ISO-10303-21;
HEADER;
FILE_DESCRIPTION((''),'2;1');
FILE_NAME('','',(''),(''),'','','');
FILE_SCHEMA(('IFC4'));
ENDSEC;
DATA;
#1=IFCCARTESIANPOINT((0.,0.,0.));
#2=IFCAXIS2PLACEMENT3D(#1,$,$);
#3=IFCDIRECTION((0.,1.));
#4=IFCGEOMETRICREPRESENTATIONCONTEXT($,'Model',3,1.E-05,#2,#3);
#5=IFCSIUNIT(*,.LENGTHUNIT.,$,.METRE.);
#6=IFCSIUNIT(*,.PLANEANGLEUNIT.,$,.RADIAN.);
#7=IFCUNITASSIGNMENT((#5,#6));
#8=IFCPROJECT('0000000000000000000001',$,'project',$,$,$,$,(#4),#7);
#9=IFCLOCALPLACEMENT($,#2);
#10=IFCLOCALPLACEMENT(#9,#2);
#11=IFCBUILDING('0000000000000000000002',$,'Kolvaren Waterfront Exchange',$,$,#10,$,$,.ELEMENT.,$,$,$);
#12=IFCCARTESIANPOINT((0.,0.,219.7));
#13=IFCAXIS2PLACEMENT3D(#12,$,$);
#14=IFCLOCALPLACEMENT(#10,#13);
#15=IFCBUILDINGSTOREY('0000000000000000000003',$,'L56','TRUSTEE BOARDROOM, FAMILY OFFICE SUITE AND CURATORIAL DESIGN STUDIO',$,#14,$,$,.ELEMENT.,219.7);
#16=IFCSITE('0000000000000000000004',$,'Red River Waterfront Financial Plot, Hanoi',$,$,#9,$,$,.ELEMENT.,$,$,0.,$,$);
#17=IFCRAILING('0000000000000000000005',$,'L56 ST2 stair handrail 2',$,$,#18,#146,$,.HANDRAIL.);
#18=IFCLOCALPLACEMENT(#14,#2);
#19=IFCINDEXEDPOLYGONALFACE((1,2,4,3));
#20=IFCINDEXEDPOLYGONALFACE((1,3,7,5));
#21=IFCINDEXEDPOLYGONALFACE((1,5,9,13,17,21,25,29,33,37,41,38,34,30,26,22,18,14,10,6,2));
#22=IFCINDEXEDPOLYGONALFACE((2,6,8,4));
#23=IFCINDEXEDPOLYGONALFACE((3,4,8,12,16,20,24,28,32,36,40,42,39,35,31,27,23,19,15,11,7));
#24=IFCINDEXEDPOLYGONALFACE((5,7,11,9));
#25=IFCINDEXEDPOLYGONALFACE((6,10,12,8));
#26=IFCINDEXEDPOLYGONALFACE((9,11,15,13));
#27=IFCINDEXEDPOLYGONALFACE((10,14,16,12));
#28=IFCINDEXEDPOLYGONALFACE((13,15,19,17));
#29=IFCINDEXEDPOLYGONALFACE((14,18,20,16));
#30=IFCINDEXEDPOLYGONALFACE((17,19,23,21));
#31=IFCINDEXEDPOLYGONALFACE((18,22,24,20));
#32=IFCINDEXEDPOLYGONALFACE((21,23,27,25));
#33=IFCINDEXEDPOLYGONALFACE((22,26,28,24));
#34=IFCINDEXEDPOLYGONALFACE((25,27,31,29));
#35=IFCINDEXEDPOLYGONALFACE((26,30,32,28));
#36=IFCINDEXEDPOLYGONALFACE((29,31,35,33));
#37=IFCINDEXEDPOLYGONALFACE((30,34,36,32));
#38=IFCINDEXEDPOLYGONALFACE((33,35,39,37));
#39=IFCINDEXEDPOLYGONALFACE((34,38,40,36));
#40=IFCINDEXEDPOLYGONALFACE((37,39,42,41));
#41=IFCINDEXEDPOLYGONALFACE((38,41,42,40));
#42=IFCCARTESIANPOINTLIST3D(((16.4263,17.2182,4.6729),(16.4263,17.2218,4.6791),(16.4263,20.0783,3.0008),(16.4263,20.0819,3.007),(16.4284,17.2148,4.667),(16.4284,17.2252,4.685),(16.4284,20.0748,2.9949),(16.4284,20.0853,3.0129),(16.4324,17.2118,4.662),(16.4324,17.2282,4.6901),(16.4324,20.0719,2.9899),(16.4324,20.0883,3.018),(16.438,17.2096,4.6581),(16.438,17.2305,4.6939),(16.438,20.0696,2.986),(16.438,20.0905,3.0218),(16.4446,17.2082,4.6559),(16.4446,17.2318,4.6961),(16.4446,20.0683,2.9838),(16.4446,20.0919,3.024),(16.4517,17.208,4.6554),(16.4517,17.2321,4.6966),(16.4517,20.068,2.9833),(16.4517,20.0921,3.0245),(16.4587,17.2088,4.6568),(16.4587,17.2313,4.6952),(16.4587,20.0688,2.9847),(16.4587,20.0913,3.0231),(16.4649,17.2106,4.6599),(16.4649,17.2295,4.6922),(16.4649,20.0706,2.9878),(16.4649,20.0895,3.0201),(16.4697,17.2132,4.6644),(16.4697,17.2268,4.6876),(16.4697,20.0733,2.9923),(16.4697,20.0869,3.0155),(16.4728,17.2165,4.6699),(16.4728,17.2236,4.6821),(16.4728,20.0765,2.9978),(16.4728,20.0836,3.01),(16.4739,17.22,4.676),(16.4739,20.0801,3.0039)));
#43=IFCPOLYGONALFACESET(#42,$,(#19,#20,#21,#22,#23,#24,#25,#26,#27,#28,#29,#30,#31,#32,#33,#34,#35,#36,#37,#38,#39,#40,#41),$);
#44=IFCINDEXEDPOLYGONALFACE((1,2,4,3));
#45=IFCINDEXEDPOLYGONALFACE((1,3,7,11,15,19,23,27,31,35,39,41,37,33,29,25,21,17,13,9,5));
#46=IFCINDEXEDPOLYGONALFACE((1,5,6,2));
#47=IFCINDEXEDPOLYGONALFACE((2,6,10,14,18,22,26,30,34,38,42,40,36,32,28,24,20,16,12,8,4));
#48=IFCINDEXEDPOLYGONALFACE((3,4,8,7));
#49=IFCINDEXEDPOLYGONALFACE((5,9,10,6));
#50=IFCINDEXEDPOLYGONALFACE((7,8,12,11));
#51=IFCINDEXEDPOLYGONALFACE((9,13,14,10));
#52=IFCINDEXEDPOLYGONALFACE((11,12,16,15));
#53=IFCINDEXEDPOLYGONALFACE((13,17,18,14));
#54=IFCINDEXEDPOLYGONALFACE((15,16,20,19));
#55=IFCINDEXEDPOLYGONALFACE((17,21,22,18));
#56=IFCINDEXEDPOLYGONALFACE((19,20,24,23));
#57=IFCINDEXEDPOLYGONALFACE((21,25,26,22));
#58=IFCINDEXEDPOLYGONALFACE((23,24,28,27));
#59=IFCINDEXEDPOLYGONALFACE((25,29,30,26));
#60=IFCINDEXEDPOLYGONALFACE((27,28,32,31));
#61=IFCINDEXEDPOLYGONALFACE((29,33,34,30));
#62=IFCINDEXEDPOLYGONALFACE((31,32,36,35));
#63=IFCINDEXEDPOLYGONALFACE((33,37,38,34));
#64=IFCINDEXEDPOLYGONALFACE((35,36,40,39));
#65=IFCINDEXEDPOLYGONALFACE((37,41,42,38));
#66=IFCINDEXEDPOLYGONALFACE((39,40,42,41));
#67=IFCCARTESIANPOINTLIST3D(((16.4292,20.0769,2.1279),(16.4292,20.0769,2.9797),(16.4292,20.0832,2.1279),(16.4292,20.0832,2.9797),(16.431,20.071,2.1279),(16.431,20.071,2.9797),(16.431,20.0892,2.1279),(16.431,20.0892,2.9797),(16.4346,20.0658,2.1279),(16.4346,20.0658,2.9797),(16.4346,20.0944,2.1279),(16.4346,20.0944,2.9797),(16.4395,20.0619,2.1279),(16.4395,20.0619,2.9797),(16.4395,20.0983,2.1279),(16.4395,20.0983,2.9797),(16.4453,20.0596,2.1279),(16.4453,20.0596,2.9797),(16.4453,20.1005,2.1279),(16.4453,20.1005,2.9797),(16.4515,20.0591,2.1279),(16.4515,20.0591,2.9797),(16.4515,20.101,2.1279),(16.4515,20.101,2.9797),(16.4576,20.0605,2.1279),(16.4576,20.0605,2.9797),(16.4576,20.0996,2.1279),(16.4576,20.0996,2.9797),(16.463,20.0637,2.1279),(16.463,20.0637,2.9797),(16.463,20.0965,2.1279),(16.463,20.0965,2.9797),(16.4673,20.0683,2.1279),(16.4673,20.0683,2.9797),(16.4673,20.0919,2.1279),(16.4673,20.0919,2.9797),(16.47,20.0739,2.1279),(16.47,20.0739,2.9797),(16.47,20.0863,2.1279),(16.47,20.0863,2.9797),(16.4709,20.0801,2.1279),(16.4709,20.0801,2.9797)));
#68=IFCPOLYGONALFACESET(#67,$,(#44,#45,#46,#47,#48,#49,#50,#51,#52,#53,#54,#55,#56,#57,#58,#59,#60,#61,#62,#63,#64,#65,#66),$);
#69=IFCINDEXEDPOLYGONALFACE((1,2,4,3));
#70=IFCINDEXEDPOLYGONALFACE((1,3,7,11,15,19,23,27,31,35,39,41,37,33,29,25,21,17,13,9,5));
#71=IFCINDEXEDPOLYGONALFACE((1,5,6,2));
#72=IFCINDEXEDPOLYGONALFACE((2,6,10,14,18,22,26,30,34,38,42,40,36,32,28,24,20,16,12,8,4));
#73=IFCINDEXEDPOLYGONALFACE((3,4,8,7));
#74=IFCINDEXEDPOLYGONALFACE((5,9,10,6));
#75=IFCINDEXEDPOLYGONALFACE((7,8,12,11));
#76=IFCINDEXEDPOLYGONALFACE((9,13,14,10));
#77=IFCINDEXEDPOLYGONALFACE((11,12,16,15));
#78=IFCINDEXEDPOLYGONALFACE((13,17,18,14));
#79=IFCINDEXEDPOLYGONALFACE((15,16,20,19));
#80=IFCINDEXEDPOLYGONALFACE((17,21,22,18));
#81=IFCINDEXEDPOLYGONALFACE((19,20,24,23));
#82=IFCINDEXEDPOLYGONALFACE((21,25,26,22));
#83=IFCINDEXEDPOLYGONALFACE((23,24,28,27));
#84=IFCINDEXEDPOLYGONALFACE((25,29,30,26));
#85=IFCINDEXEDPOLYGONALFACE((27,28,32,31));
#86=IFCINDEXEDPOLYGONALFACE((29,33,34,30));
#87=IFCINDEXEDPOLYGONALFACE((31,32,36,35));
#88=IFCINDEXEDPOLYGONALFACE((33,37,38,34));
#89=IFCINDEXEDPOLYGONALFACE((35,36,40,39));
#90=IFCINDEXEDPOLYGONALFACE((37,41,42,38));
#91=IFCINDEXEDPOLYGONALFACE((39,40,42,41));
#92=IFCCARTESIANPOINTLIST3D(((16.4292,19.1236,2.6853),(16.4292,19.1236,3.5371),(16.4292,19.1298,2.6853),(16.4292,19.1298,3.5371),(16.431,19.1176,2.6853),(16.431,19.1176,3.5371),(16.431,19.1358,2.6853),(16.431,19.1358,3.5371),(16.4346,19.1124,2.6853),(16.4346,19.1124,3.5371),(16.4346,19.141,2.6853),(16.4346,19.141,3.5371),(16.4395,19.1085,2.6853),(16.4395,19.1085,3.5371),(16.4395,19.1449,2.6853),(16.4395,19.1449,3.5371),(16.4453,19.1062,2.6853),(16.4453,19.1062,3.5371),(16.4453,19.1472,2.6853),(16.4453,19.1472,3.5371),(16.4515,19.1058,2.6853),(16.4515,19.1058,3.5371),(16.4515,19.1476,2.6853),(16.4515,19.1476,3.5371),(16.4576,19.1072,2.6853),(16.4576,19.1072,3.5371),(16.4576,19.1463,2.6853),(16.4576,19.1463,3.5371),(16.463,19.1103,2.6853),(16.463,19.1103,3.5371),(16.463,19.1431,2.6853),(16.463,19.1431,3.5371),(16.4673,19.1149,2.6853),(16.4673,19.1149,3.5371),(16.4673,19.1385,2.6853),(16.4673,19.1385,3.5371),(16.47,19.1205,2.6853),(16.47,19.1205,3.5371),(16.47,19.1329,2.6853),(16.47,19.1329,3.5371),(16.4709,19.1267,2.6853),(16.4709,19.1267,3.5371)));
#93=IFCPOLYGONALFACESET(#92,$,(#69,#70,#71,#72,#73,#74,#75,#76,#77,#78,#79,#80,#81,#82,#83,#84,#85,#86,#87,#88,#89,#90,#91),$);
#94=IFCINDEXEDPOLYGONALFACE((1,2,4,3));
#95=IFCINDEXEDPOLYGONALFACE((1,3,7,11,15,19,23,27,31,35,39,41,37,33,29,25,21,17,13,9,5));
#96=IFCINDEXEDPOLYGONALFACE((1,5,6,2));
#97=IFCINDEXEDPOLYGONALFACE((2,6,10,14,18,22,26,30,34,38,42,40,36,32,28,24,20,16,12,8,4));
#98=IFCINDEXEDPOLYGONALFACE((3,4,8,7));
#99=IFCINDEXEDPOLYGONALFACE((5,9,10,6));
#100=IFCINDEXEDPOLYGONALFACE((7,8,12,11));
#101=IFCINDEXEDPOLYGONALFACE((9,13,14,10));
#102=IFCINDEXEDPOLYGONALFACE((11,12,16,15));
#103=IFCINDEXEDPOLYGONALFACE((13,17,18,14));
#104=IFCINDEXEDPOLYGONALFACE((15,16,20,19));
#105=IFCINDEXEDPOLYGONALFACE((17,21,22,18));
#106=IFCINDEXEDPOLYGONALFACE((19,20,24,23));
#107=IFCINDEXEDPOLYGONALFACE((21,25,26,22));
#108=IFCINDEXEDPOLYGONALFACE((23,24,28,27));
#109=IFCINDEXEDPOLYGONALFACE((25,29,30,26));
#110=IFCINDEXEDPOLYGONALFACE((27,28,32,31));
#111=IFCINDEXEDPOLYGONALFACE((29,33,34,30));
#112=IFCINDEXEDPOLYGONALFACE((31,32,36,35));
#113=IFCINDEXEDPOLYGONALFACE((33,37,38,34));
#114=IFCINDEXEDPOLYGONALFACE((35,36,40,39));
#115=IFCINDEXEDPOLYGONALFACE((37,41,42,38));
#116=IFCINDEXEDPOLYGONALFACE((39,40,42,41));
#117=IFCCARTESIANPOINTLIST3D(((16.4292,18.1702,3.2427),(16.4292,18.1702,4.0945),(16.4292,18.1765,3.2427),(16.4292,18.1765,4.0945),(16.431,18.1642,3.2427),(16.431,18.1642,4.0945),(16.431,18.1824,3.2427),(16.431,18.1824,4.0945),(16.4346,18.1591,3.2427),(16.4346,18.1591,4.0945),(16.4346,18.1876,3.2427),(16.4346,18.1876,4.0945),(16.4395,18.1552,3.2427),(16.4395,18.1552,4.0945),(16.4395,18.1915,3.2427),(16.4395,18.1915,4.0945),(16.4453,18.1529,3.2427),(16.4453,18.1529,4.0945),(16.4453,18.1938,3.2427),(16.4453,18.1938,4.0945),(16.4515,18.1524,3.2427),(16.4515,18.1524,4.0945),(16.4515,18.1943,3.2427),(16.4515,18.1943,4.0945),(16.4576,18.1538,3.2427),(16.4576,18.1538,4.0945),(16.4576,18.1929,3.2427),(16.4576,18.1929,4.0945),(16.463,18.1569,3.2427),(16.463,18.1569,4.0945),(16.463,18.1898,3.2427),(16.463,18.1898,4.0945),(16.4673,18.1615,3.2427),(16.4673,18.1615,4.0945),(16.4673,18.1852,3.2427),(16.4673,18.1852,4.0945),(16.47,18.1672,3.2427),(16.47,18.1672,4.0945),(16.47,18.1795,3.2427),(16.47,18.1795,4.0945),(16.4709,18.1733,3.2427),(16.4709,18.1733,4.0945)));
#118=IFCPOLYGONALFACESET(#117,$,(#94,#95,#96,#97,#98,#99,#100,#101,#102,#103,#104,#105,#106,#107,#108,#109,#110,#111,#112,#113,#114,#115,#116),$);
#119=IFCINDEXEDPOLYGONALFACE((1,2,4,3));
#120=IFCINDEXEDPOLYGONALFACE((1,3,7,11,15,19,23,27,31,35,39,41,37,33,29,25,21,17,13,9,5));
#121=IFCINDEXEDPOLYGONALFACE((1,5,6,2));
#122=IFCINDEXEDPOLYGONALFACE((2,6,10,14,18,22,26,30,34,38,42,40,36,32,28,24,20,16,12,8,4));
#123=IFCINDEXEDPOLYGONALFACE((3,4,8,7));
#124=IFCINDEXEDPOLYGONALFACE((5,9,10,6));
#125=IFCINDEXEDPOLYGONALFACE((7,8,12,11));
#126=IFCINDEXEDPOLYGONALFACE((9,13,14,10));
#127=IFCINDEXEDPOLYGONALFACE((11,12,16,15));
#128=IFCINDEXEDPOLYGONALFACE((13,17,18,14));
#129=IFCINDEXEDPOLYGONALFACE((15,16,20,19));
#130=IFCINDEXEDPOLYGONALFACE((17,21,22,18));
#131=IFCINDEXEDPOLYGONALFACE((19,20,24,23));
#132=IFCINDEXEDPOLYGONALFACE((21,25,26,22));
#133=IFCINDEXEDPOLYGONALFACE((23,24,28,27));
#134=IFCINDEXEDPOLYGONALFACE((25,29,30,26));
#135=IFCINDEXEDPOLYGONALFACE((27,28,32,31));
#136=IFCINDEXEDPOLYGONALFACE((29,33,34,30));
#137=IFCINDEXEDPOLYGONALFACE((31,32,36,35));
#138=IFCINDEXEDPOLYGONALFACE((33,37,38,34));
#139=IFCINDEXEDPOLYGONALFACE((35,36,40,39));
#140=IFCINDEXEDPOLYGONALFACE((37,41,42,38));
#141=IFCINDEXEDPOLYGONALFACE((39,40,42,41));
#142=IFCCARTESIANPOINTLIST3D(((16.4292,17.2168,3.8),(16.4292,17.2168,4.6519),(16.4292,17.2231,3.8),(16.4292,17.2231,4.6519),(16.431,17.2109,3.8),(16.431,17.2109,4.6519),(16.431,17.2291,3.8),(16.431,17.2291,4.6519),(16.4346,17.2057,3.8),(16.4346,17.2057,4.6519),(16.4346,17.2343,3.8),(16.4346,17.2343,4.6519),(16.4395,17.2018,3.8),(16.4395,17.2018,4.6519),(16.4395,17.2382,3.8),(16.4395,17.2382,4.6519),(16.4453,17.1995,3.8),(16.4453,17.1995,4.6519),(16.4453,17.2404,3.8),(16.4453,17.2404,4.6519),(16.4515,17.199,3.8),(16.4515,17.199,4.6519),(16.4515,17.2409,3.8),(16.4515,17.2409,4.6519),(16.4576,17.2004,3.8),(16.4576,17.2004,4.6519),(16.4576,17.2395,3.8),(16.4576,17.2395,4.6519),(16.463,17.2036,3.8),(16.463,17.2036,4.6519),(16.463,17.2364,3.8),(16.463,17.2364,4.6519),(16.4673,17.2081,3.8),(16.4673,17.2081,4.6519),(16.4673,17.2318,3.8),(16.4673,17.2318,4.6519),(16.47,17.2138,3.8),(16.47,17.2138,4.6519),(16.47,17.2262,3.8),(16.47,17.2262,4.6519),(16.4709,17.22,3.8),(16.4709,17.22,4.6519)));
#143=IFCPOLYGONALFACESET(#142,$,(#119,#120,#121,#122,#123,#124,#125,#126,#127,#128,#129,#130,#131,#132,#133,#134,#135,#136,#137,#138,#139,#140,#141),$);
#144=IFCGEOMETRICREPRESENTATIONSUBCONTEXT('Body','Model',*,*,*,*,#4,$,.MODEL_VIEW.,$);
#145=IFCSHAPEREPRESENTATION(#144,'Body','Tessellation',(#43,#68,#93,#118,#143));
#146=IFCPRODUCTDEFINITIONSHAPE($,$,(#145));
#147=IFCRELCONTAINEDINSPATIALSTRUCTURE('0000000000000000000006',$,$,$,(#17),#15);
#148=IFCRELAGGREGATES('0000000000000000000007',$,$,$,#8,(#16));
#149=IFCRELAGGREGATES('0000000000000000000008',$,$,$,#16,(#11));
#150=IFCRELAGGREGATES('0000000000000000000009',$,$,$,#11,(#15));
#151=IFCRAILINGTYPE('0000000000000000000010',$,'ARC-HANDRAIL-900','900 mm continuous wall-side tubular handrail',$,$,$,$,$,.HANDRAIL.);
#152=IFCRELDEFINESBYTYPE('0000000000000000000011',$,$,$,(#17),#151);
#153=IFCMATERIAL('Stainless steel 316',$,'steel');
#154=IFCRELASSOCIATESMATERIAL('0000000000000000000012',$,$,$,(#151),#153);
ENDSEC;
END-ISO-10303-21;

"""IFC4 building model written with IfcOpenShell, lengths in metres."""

from ifc_helpers import new_model, si_unit, direction, frame, origin, origin_2d, place, context, subcontext, project, spatial, circle, extrude, material, type_object, element, save


model = new_model("IFC4")

# Units and contexts
model_context = context("Model", 3, precision=1e-05, world=origin(), true_north=direction((0.0, 1.0)))
body_context = subcontext(model_context, "Body", "Model", "MODEL_VIEW")
ifc_project = project(units=[si_unit("LENGTHUNIT", "METRE"), si_unit("PLANEANGLEUNIT", "RADIAN")], contexts=[model_context])

# Site, building, storey
site_placement = place(None, origin())
site = spatial("IfcSite", under=ifc_project, at=site_placement, Name="Red River Waterfront Financial Plot, Hanoi", CompositionType="ELEMENT", RefElevation=0.0)
building_placement = place(site_placement, origin())
building = spatial("IfcBuilding", under=site, at=building_placement, Name="Kolvaren Waterfront Exchange", CompositionType="ELEMENT")
storey_placement = place(building_placement, frame((0.0, 0.0, 219.7)))
storey = spatial("IfcBuildingStorey", under=building, at=storey_placement, Name="L56", Description="TRUSTEE BOARDROOM, FAMILY OFFICE SUITE AND CURATORIAL DESIGN STUDIO", CompositionType="ELEMENT", Elevation=219.7)

# Railing
ifc_material_1 = material(Name="Stainless steel 316", Category="steel")
railing_type_1 = type_object("IfcRailingType", Name="ARC-HANDRAIL-900", Description="900 mm continuous wall-side tubular handrail", PredefinedType="HANDRAIL", material=ifc_material_1)
railing_1_placement = place(storey_placement, frame((16.45, 20.0801, 2.1279)))
element("IfcRailing", 1, at=railing_1_placement, inside=storey, type_object=railing_type_1, Name="L56 ST2 stair handrail 2", PredefinedType="HANDRAIL", context=body_context, shape_type="SweptSolid", body=[
    extrude(circle(Radius=0.0239, at=origin_2d()), frame((0.0, 0.0, 0.876), z_axis=(0.0, -0.863289, 0.504709), x_axis=(1.0, 0.0, 0.0)), (0.0, 0.0, 1.0), 3.313),
    extrude(circle(Radius=0.021, at=origin_2d()), origin(), (0.0, 0.0, 1.0), 0.8518),
    extrude(circle(Radius=0.021, at=origin_2d()), frame((0.0, -0.9534, 0.5574)), (0.0, 0.0, 1.0), 0.8518),
    extrude(circle(Radius=0.021, at=origin_2d()), frame((0.0, -1.9067, 1.1147)), (0.0, 0.0, 1.0), 0.8518),
    extrude(circle(Radius=0.021, at=origin_2d()), frame((0.0, -2.8601, 1.6721)), (0.0, 0.0, 1.0), 0.8518),
])

save(model, "model.ifc")
